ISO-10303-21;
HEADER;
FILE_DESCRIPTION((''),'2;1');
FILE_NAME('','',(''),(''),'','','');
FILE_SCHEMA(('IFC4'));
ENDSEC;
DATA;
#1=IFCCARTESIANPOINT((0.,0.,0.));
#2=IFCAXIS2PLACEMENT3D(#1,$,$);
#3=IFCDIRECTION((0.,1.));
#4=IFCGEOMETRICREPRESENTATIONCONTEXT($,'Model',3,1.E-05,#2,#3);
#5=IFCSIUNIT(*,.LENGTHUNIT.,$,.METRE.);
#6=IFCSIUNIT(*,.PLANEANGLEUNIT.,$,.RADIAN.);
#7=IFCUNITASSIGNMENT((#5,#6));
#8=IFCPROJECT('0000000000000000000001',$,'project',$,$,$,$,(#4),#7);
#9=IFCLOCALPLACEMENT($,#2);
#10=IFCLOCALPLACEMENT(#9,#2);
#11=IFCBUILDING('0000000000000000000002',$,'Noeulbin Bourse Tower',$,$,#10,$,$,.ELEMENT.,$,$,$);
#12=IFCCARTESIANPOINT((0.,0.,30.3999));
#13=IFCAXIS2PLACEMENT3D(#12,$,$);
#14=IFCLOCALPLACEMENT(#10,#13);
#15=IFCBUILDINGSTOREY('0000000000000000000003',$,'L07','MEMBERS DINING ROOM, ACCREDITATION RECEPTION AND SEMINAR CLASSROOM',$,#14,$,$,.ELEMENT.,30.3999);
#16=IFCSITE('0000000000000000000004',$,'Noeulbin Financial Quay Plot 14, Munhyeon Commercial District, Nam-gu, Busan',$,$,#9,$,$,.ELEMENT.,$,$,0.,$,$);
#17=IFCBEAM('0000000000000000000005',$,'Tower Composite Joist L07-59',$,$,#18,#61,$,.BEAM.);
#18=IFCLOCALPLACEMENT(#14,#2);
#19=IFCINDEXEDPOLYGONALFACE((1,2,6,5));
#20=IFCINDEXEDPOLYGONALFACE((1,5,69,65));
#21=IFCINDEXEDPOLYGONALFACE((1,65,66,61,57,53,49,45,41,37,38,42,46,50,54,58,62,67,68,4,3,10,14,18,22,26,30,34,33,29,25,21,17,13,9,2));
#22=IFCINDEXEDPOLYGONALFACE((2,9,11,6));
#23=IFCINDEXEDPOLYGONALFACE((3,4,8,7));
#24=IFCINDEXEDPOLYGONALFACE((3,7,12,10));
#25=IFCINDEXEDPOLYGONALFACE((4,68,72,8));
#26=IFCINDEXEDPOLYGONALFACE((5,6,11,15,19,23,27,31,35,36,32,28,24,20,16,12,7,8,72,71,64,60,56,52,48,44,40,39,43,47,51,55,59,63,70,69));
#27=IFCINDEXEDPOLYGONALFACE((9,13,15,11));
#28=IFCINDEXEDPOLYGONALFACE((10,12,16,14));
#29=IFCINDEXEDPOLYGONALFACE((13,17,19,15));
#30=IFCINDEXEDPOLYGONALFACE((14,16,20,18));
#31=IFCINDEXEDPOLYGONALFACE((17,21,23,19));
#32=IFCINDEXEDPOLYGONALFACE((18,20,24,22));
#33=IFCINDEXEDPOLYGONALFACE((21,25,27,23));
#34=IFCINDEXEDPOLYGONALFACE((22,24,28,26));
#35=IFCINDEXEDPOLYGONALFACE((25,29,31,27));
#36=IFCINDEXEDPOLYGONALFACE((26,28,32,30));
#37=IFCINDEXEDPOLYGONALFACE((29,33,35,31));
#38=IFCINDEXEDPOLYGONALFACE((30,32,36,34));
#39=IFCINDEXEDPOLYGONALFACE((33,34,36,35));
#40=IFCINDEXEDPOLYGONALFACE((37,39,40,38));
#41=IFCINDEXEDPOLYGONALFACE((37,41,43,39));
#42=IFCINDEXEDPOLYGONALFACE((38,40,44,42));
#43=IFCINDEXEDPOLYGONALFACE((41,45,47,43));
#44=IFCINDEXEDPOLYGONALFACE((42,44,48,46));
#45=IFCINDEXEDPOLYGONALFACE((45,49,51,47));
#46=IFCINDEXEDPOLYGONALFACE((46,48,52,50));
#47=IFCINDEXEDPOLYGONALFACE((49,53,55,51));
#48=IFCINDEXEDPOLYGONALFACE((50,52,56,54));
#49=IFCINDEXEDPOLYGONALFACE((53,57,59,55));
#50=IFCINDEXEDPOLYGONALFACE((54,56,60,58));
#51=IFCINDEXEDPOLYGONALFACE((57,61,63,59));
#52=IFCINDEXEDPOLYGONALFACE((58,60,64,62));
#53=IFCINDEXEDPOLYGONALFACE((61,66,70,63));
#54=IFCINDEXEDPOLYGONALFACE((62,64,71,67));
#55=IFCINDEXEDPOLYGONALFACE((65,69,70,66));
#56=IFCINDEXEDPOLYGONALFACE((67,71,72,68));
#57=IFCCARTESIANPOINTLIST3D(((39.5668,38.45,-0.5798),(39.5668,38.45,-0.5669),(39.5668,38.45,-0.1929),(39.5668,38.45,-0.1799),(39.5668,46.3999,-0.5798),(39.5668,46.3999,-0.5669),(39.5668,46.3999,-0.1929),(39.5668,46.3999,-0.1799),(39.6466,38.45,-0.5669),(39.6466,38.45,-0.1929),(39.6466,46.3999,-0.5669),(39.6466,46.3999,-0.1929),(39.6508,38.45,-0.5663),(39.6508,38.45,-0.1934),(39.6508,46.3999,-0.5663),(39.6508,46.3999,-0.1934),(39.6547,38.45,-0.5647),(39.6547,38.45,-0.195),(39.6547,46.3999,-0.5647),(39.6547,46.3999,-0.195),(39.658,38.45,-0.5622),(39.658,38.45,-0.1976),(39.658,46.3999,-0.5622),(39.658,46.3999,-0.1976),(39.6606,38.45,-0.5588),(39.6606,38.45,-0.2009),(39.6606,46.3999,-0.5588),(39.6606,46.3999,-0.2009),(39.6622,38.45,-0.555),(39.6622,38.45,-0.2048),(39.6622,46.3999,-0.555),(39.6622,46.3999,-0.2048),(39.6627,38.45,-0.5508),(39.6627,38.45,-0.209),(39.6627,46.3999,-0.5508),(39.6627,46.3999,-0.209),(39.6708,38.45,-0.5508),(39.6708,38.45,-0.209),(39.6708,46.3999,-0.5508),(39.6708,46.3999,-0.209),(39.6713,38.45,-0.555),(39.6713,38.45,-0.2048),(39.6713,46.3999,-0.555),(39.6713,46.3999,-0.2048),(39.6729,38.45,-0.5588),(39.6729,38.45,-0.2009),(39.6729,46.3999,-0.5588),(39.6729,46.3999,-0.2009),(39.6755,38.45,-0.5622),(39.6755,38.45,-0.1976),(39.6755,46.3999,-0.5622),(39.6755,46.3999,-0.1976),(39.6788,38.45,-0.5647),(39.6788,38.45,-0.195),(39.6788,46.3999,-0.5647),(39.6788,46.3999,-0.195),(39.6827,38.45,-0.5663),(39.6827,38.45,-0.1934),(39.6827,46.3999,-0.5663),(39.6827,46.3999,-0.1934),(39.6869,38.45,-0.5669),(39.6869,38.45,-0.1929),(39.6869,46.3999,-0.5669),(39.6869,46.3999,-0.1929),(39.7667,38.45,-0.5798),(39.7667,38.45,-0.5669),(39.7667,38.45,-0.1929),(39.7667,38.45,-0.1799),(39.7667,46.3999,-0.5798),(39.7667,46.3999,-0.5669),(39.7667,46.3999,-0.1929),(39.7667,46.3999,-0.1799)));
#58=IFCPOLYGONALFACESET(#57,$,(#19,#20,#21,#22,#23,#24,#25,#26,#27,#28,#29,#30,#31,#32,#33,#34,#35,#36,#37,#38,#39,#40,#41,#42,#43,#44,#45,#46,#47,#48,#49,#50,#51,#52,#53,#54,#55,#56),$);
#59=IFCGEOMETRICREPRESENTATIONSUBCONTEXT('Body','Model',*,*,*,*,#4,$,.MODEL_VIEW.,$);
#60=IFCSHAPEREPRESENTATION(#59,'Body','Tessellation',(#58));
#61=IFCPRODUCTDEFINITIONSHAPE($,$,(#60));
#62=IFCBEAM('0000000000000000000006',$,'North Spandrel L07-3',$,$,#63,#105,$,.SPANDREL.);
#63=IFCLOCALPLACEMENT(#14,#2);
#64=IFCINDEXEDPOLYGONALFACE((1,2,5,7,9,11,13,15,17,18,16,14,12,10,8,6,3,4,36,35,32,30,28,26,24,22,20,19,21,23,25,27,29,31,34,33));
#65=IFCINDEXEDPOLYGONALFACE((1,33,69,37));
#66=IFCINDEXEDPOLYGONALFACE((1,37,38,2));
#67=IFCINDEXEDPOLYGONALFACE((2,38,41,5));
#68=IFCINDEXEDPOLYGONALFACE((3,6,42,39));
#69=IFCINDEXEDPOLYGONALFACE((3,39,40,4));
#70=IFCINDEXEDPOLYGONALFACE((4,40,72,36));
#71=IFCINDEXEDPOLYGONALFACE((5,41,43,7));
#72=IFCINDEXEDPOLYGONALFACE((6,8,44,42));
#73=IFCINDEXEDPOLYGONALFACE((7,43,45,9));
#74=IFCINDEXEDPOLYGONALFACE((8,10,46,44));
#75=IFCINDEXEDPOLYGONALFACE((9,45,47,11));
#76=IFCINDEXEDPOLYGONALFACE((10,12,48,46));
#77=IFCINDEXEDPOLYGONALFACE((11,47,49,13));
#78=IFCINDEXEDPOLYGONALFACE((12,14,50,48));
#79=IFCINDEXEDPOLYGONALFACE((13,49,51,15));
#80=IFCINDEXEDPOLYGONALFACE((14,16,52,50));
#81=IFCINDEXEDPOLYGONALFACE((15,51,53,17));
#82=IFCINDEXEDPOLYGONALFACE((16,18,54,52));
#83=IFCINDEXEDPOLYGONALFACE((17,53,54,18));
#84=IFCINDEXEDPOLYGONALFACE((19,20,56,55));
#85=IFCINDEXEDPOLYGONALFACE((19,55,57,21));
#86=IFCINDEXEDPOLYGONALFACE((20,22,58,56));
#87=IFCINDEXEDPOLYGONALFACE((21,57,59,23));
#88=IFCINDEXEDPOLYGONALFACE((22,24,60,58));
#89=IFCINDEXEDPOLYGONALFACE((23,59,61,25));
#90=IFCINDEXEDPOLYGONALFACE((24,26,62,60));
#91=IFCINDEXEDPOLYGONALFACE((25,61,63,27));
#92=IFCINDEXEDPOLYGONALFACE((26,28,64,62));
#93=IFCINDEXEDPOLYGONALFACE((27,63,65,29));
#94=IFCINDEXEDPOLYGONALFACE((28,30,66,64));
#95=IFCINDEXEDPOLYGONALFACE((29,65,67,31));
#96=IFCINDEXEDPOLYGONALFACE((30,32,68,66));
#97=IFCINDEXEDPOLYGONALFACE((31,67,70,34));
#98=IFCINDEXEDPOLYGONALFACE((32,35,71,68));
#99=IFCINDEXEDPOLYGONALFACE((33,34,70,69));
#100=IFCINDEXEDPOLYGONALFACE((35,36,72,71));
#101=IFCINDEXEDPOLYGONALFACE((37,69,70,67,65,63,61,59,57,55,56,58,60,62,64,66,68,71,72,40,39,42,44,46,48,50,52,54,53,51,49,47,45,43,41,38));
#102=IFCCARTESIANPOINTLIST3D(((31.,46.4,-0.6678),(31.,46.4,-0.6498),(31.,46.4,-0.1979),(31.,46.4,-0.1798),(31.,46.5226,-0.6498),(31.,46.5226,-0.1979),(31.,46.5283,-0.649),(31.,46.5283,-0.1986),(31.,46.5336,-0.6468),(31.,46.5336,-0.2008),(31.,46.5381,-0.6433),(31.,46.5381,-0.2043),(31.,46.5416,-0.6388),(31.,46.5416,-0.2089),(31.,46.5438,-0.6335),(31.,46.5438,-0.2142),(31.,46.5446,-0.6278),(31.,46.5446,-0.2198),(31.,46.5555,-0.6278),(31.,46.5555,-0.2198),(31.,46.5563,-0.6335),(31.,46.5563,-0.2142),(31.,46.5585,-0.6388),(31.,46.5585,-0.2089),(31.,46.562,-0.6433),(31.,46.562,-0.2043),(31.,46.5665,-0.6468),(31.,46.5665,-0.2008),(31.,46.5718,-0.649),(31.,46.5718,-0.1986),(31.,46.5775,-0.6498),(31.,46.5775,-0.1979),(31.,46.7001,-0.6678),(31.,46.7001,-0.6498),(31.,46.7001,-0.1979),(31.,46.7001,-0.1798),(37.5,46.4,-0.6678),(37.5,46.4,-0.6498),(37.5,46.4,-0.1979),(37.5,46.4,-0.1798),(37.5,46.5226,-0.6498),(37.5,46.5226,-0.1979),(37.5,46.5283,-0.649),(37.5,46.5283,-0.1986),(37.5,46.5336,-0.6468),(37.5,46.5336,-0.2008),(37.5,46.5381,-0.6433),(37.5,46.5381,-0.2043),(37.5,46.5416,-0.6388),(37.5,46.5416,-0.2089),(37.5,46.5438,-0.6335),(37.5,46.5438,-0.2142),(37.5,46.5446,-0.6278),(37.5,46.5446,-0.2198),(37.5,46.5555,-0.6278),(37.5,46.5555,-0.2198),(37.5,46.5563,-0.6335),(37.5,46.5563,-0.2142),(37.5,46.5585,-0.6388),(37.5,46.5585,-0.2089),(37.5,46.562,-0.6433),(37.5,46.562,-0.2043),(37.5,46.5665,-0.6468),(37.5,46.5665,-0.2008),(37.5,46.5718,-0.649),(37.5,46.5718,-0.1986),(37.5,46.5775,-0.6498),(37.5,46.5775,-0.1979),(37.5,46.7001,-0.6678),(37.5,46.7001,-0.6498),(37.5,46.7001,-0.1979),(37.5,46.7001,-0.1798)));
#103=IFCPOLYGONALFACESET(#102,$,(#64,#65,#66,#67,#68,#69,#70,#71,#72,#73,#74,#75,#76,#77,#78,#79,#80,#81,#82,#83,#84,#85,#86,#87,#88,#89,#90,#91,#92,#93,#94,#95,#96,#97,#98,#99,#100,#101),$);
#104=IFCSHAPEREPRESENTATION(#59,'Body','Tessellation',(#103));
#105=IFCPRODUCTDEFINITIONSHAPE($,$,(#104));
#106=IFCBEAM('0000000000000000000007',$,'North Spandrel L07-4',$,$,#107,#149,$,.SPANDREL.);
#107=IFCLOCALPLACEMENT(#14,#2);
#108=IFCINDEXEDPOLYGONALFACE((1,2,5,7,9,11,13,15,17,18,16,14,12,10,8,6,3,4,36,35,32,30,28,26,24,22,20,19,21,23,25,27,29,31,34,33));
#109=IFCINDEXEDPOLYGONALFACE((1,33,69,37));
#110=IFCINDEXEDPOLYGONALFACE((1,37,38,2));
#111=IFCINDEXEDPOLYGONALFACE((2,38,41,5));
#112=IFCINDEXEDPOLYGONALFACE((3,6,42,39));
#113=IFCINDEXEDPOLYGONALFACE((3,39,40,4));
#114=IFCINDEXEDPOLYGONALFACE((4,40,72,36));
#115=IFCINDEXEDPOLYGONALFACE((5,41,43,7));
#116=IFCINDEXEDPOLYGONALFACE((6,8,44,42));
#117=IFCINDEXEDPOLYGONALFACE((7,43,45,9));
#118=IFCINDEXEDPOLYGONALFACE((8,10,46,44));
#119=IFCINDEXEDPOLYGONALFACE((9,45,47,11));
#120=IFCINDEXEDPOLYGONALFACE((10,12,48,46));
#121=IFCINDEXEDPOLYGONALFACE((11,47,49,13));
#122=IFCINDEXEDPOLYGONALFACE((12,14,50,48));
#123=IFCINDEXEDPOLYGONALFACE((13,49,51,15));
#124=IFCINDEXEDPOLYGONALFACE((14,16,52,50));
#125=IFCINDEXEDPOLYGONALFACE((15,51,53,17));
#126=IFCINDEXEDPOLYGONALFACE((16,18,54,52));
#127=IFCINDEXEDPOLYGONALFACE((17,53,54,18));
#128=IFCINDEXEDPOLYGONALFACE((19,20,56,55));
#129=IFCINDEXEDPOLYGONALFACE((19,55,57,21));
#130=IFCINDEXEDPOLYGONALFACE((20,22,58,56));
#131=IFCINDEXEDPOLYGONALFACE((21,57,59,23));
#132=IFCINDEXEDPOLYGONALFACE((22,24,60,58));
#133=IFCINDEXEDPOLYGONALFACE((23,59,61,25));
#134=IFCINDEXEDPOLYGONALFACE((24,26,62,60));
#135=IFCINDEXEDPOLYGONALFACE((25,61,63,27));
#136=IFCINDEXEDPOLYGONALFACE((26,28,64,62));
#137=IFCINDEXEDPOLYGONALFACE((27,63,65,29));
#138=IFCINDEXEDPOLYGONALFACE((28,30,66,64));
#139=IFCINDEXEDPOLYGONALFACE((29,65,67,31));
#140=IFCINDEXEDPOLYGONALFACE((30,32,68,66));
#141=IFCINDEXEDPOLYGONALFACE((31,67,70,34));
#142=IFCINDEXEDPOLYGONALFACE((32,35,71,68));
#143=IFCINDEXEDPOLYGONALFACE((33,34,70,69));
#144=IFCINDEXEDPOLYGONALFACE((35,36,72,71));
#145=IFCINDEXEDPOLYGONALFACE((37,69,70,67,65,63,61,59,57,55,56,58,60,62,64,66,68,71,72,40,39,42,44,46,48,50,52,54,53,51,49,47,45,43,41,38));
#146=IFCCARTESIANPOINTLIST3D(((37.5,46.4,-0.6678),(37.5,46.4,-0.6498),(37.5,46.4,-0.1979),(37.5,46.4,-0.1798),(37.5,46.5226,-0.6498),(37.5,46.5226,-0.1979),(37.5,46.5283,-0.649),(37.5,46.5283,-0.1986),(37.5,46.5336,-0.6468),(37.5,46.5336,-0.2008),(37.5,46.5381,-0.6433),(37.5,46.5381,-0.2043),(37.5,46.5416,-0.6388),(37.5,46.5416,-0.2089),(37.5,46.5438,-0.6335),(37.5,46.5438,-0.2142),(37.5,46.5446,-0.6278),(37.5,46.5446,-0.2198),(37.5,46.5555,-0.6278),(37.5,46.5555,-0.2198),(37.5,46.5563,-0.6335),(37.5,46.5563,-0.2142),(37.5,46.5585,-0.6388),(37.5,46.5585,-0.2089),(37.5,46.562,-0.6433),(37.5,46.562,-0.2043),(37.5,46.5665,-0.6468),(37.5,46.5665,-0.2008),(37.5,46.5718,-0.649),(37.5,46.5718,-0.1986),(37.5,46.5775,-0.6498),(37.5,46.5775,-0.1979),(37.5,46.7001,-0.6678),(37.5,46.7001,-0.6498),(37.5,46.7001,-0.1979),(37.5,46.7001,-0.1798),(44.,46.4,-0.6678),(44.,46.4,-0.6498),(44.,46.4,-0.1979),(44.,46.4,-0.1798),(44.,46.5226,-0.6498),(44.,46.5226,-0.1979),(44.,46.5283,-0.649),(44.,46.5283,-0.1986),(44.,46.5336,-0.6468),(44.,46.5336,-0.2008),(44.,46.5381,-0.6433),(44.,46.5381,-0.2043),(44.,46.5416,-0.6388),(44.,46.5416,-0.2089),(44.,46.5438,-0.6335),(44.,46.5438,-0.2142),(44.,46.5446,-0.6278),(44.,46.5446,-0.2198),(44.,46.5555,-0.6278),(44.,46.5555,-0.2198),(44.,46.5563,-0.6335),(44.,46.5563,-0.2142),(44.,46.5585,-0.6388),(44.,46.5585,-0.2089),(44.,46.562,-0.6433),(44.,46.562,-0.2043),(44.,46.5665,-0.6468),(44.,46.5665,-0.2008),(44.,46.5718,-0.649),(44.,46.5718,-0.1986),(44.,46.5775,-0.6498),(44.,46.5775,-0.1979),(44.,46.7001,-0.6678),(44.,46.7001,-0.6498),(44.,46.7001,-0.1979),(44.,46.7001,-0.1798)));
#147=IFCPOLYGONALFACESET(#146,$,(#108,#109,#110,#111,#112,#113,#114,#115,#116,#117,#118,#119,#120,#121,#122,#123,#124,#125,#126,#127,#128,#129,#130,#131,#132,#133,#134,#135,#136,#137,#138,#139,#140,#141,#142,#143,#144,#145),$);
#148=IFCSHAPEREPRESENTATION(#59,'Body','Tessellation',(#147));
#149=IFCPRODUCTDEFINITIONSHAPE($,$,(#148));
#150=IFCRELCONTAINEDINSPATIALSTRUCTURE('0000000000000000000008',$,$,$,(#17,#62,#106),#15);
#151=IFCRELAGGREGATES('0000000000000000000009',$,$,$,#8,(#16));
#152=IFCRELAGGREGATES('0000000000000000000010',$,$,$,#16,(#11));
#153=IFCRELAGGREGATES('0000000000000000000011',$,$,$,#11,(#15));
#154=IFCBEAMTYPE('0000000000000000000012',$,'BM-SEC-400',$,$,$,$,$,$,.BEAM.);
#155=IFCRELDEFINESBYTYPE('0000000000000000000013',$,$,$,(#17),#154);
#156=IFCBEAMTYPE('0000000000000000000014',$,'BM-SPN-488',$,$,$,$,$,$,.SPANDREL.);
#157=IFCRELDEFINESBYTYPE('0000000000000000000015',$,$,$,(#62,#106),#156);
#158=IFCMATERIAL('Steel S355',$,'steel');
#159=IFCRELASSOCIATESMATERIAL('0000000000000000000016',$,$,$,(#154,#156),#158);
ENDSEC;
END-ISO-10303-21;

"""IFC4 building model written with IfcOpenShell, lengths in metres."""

from ifc_helpers import new_model, si_unit, direction, frame, origin, origin_2d, place, context, subcontext, project, spatial, i_section, extrude, material, material_profile, profile_set, type_object, element, save


model = new_model("IFC4")

# Units and contexts
model_context = context("Model", 3, precision=1e-05, world=origin(), true_north=direction((0.0, 1.0)))
body_context = subcontext(model_context, "Body", "Model", "MODEL_VIEW")
ifc_project = project(units=[si_unit("LENGTHUNIT", "METRE"), si_unit("PLANEANGLEUNIT", "RADIAN")], contexts=[model_context])

# Site, building, storey
site_placement = place(None, origin())
site = spatial("IfcSite", under=ifc_project, at=site_placement, Name="Noeulbin Financial Quay Plot 14, Munhyeon Commercial District, Nam-gu, Busan", CompositionType="ELEMENT", RefElevation=0.0)
building_placement = place(site_placement, origin())
building = spatial("IfcBuilding", under=site, at=building_placement, Name="Noeulbin Bourse Tower", CompositionType="ELEMENT")
storey_placement = place(building_placement, frame((0.0, 0.0, 30.3999)))
storey = spatial("IfcBuildingStorey", under=building, at=storey_placement, Name="L07", Description="MEMBERS DINING ROOM, ACCREDITATION RECEPTION AND SEMINAR CLASSROOM", CompositionType="ELEMENT", Elevation=30.3999)

# Beams
ifc_material_1 = material(Name="Steel S355", Category="steel")
ifc_material_profile_1 = material_profile(ifc_material_1, i_section(OverallWidth=0.2, OverallDepth=0.3999, WebThickness=0.0081, FlangeThickness=0.0129, FilletRadius=0.0161, at=origin_2d()), Name="H-400x200x8x13", Category="LoadBearing")
ifc_profile_set_1 = profile_set([ifc_material_profile_1], Name="Steel S355")
beam_type_1 = type_object("IfcBeamType", Name="BM-SEC-400", PredefinedType="BEAM", material=ifc_profile_set_1)
for number, where, z_axis, x_axis, name in (
    (1, (39.6667, 38.45, -0.3799), (0.0, 1.0, 0.0), (-1.0, 0.0, 0.0), "Tower Composite Joist L07-59"),
):
    element("IfcBeam", number, at=place(storey_placement, frame(where, z_axis=z_axis, x_axis=x_axis)), inside=storey, type_object=beam_type_1, Name=name, PredefinedType="BEAM", context=body_context, shape_type="SweptSolid", body=[
        extrude(i_section(OverallWidth=0.2, OverallDepth=0.3999, WebThickness=0.0081, FlangeThickness=0.0129, FilletRadius=0.0161, at=origin_2d()), origin(), (0.0, 0.0, 1.0), 7.95),
    ])
ifc_material_profile_2 = material_profile(ifc_material_1, i_section(OverallWidth=0.3, OverallDepth=0.488, WebThickness=0.011, FlangeThickness=0.0181, FilletRadius=0.022, at=origin_2d()), Name="H-488x300x11x18", Category="LoadBearing")
ifc_profile_set_2 = profile_set([ifc_material_profile_2], Name="Steel S355")
beam_type_2 = type_object("IfcBeamType", Name="BM-SPN-488", PredefinedType="SPANDREL", material=ifc_profile_set_2)
for number, where, z_axis, x_axis, name in (
    (2, (31.0, 46.55, -0.4238), (1.0, 0.0, 0.0), (0.0, 1.0, 0.0), "North Spandrel L07-3"),
    (3, (37.5, 46.55, -0.4238), (1.0, 0.0, 0.0), (0.0, 1.0, 0.0), "North Spandrel L07-4"),
):
    element("IfcBeam", number, at=place(storey_placement, frame(where, z_axis=z_axis, x_axis=x_axis)), inside=storey, type_object=beam_type_2, Name=name, PredefinedType="SPANDREL", context=body_context, shape_type="SweptSolid", body=[
        extrude(i_section(OverallWidth=0.3, OverallDepth=0.488, WebThickness=0.011, FlangeThickness=0.0181, FilletRadius=0.022, at=origin_2d()), origin(), (0.0, 0.0, 1.0), 6.5),
    ])

save(model, "model.ifc")
